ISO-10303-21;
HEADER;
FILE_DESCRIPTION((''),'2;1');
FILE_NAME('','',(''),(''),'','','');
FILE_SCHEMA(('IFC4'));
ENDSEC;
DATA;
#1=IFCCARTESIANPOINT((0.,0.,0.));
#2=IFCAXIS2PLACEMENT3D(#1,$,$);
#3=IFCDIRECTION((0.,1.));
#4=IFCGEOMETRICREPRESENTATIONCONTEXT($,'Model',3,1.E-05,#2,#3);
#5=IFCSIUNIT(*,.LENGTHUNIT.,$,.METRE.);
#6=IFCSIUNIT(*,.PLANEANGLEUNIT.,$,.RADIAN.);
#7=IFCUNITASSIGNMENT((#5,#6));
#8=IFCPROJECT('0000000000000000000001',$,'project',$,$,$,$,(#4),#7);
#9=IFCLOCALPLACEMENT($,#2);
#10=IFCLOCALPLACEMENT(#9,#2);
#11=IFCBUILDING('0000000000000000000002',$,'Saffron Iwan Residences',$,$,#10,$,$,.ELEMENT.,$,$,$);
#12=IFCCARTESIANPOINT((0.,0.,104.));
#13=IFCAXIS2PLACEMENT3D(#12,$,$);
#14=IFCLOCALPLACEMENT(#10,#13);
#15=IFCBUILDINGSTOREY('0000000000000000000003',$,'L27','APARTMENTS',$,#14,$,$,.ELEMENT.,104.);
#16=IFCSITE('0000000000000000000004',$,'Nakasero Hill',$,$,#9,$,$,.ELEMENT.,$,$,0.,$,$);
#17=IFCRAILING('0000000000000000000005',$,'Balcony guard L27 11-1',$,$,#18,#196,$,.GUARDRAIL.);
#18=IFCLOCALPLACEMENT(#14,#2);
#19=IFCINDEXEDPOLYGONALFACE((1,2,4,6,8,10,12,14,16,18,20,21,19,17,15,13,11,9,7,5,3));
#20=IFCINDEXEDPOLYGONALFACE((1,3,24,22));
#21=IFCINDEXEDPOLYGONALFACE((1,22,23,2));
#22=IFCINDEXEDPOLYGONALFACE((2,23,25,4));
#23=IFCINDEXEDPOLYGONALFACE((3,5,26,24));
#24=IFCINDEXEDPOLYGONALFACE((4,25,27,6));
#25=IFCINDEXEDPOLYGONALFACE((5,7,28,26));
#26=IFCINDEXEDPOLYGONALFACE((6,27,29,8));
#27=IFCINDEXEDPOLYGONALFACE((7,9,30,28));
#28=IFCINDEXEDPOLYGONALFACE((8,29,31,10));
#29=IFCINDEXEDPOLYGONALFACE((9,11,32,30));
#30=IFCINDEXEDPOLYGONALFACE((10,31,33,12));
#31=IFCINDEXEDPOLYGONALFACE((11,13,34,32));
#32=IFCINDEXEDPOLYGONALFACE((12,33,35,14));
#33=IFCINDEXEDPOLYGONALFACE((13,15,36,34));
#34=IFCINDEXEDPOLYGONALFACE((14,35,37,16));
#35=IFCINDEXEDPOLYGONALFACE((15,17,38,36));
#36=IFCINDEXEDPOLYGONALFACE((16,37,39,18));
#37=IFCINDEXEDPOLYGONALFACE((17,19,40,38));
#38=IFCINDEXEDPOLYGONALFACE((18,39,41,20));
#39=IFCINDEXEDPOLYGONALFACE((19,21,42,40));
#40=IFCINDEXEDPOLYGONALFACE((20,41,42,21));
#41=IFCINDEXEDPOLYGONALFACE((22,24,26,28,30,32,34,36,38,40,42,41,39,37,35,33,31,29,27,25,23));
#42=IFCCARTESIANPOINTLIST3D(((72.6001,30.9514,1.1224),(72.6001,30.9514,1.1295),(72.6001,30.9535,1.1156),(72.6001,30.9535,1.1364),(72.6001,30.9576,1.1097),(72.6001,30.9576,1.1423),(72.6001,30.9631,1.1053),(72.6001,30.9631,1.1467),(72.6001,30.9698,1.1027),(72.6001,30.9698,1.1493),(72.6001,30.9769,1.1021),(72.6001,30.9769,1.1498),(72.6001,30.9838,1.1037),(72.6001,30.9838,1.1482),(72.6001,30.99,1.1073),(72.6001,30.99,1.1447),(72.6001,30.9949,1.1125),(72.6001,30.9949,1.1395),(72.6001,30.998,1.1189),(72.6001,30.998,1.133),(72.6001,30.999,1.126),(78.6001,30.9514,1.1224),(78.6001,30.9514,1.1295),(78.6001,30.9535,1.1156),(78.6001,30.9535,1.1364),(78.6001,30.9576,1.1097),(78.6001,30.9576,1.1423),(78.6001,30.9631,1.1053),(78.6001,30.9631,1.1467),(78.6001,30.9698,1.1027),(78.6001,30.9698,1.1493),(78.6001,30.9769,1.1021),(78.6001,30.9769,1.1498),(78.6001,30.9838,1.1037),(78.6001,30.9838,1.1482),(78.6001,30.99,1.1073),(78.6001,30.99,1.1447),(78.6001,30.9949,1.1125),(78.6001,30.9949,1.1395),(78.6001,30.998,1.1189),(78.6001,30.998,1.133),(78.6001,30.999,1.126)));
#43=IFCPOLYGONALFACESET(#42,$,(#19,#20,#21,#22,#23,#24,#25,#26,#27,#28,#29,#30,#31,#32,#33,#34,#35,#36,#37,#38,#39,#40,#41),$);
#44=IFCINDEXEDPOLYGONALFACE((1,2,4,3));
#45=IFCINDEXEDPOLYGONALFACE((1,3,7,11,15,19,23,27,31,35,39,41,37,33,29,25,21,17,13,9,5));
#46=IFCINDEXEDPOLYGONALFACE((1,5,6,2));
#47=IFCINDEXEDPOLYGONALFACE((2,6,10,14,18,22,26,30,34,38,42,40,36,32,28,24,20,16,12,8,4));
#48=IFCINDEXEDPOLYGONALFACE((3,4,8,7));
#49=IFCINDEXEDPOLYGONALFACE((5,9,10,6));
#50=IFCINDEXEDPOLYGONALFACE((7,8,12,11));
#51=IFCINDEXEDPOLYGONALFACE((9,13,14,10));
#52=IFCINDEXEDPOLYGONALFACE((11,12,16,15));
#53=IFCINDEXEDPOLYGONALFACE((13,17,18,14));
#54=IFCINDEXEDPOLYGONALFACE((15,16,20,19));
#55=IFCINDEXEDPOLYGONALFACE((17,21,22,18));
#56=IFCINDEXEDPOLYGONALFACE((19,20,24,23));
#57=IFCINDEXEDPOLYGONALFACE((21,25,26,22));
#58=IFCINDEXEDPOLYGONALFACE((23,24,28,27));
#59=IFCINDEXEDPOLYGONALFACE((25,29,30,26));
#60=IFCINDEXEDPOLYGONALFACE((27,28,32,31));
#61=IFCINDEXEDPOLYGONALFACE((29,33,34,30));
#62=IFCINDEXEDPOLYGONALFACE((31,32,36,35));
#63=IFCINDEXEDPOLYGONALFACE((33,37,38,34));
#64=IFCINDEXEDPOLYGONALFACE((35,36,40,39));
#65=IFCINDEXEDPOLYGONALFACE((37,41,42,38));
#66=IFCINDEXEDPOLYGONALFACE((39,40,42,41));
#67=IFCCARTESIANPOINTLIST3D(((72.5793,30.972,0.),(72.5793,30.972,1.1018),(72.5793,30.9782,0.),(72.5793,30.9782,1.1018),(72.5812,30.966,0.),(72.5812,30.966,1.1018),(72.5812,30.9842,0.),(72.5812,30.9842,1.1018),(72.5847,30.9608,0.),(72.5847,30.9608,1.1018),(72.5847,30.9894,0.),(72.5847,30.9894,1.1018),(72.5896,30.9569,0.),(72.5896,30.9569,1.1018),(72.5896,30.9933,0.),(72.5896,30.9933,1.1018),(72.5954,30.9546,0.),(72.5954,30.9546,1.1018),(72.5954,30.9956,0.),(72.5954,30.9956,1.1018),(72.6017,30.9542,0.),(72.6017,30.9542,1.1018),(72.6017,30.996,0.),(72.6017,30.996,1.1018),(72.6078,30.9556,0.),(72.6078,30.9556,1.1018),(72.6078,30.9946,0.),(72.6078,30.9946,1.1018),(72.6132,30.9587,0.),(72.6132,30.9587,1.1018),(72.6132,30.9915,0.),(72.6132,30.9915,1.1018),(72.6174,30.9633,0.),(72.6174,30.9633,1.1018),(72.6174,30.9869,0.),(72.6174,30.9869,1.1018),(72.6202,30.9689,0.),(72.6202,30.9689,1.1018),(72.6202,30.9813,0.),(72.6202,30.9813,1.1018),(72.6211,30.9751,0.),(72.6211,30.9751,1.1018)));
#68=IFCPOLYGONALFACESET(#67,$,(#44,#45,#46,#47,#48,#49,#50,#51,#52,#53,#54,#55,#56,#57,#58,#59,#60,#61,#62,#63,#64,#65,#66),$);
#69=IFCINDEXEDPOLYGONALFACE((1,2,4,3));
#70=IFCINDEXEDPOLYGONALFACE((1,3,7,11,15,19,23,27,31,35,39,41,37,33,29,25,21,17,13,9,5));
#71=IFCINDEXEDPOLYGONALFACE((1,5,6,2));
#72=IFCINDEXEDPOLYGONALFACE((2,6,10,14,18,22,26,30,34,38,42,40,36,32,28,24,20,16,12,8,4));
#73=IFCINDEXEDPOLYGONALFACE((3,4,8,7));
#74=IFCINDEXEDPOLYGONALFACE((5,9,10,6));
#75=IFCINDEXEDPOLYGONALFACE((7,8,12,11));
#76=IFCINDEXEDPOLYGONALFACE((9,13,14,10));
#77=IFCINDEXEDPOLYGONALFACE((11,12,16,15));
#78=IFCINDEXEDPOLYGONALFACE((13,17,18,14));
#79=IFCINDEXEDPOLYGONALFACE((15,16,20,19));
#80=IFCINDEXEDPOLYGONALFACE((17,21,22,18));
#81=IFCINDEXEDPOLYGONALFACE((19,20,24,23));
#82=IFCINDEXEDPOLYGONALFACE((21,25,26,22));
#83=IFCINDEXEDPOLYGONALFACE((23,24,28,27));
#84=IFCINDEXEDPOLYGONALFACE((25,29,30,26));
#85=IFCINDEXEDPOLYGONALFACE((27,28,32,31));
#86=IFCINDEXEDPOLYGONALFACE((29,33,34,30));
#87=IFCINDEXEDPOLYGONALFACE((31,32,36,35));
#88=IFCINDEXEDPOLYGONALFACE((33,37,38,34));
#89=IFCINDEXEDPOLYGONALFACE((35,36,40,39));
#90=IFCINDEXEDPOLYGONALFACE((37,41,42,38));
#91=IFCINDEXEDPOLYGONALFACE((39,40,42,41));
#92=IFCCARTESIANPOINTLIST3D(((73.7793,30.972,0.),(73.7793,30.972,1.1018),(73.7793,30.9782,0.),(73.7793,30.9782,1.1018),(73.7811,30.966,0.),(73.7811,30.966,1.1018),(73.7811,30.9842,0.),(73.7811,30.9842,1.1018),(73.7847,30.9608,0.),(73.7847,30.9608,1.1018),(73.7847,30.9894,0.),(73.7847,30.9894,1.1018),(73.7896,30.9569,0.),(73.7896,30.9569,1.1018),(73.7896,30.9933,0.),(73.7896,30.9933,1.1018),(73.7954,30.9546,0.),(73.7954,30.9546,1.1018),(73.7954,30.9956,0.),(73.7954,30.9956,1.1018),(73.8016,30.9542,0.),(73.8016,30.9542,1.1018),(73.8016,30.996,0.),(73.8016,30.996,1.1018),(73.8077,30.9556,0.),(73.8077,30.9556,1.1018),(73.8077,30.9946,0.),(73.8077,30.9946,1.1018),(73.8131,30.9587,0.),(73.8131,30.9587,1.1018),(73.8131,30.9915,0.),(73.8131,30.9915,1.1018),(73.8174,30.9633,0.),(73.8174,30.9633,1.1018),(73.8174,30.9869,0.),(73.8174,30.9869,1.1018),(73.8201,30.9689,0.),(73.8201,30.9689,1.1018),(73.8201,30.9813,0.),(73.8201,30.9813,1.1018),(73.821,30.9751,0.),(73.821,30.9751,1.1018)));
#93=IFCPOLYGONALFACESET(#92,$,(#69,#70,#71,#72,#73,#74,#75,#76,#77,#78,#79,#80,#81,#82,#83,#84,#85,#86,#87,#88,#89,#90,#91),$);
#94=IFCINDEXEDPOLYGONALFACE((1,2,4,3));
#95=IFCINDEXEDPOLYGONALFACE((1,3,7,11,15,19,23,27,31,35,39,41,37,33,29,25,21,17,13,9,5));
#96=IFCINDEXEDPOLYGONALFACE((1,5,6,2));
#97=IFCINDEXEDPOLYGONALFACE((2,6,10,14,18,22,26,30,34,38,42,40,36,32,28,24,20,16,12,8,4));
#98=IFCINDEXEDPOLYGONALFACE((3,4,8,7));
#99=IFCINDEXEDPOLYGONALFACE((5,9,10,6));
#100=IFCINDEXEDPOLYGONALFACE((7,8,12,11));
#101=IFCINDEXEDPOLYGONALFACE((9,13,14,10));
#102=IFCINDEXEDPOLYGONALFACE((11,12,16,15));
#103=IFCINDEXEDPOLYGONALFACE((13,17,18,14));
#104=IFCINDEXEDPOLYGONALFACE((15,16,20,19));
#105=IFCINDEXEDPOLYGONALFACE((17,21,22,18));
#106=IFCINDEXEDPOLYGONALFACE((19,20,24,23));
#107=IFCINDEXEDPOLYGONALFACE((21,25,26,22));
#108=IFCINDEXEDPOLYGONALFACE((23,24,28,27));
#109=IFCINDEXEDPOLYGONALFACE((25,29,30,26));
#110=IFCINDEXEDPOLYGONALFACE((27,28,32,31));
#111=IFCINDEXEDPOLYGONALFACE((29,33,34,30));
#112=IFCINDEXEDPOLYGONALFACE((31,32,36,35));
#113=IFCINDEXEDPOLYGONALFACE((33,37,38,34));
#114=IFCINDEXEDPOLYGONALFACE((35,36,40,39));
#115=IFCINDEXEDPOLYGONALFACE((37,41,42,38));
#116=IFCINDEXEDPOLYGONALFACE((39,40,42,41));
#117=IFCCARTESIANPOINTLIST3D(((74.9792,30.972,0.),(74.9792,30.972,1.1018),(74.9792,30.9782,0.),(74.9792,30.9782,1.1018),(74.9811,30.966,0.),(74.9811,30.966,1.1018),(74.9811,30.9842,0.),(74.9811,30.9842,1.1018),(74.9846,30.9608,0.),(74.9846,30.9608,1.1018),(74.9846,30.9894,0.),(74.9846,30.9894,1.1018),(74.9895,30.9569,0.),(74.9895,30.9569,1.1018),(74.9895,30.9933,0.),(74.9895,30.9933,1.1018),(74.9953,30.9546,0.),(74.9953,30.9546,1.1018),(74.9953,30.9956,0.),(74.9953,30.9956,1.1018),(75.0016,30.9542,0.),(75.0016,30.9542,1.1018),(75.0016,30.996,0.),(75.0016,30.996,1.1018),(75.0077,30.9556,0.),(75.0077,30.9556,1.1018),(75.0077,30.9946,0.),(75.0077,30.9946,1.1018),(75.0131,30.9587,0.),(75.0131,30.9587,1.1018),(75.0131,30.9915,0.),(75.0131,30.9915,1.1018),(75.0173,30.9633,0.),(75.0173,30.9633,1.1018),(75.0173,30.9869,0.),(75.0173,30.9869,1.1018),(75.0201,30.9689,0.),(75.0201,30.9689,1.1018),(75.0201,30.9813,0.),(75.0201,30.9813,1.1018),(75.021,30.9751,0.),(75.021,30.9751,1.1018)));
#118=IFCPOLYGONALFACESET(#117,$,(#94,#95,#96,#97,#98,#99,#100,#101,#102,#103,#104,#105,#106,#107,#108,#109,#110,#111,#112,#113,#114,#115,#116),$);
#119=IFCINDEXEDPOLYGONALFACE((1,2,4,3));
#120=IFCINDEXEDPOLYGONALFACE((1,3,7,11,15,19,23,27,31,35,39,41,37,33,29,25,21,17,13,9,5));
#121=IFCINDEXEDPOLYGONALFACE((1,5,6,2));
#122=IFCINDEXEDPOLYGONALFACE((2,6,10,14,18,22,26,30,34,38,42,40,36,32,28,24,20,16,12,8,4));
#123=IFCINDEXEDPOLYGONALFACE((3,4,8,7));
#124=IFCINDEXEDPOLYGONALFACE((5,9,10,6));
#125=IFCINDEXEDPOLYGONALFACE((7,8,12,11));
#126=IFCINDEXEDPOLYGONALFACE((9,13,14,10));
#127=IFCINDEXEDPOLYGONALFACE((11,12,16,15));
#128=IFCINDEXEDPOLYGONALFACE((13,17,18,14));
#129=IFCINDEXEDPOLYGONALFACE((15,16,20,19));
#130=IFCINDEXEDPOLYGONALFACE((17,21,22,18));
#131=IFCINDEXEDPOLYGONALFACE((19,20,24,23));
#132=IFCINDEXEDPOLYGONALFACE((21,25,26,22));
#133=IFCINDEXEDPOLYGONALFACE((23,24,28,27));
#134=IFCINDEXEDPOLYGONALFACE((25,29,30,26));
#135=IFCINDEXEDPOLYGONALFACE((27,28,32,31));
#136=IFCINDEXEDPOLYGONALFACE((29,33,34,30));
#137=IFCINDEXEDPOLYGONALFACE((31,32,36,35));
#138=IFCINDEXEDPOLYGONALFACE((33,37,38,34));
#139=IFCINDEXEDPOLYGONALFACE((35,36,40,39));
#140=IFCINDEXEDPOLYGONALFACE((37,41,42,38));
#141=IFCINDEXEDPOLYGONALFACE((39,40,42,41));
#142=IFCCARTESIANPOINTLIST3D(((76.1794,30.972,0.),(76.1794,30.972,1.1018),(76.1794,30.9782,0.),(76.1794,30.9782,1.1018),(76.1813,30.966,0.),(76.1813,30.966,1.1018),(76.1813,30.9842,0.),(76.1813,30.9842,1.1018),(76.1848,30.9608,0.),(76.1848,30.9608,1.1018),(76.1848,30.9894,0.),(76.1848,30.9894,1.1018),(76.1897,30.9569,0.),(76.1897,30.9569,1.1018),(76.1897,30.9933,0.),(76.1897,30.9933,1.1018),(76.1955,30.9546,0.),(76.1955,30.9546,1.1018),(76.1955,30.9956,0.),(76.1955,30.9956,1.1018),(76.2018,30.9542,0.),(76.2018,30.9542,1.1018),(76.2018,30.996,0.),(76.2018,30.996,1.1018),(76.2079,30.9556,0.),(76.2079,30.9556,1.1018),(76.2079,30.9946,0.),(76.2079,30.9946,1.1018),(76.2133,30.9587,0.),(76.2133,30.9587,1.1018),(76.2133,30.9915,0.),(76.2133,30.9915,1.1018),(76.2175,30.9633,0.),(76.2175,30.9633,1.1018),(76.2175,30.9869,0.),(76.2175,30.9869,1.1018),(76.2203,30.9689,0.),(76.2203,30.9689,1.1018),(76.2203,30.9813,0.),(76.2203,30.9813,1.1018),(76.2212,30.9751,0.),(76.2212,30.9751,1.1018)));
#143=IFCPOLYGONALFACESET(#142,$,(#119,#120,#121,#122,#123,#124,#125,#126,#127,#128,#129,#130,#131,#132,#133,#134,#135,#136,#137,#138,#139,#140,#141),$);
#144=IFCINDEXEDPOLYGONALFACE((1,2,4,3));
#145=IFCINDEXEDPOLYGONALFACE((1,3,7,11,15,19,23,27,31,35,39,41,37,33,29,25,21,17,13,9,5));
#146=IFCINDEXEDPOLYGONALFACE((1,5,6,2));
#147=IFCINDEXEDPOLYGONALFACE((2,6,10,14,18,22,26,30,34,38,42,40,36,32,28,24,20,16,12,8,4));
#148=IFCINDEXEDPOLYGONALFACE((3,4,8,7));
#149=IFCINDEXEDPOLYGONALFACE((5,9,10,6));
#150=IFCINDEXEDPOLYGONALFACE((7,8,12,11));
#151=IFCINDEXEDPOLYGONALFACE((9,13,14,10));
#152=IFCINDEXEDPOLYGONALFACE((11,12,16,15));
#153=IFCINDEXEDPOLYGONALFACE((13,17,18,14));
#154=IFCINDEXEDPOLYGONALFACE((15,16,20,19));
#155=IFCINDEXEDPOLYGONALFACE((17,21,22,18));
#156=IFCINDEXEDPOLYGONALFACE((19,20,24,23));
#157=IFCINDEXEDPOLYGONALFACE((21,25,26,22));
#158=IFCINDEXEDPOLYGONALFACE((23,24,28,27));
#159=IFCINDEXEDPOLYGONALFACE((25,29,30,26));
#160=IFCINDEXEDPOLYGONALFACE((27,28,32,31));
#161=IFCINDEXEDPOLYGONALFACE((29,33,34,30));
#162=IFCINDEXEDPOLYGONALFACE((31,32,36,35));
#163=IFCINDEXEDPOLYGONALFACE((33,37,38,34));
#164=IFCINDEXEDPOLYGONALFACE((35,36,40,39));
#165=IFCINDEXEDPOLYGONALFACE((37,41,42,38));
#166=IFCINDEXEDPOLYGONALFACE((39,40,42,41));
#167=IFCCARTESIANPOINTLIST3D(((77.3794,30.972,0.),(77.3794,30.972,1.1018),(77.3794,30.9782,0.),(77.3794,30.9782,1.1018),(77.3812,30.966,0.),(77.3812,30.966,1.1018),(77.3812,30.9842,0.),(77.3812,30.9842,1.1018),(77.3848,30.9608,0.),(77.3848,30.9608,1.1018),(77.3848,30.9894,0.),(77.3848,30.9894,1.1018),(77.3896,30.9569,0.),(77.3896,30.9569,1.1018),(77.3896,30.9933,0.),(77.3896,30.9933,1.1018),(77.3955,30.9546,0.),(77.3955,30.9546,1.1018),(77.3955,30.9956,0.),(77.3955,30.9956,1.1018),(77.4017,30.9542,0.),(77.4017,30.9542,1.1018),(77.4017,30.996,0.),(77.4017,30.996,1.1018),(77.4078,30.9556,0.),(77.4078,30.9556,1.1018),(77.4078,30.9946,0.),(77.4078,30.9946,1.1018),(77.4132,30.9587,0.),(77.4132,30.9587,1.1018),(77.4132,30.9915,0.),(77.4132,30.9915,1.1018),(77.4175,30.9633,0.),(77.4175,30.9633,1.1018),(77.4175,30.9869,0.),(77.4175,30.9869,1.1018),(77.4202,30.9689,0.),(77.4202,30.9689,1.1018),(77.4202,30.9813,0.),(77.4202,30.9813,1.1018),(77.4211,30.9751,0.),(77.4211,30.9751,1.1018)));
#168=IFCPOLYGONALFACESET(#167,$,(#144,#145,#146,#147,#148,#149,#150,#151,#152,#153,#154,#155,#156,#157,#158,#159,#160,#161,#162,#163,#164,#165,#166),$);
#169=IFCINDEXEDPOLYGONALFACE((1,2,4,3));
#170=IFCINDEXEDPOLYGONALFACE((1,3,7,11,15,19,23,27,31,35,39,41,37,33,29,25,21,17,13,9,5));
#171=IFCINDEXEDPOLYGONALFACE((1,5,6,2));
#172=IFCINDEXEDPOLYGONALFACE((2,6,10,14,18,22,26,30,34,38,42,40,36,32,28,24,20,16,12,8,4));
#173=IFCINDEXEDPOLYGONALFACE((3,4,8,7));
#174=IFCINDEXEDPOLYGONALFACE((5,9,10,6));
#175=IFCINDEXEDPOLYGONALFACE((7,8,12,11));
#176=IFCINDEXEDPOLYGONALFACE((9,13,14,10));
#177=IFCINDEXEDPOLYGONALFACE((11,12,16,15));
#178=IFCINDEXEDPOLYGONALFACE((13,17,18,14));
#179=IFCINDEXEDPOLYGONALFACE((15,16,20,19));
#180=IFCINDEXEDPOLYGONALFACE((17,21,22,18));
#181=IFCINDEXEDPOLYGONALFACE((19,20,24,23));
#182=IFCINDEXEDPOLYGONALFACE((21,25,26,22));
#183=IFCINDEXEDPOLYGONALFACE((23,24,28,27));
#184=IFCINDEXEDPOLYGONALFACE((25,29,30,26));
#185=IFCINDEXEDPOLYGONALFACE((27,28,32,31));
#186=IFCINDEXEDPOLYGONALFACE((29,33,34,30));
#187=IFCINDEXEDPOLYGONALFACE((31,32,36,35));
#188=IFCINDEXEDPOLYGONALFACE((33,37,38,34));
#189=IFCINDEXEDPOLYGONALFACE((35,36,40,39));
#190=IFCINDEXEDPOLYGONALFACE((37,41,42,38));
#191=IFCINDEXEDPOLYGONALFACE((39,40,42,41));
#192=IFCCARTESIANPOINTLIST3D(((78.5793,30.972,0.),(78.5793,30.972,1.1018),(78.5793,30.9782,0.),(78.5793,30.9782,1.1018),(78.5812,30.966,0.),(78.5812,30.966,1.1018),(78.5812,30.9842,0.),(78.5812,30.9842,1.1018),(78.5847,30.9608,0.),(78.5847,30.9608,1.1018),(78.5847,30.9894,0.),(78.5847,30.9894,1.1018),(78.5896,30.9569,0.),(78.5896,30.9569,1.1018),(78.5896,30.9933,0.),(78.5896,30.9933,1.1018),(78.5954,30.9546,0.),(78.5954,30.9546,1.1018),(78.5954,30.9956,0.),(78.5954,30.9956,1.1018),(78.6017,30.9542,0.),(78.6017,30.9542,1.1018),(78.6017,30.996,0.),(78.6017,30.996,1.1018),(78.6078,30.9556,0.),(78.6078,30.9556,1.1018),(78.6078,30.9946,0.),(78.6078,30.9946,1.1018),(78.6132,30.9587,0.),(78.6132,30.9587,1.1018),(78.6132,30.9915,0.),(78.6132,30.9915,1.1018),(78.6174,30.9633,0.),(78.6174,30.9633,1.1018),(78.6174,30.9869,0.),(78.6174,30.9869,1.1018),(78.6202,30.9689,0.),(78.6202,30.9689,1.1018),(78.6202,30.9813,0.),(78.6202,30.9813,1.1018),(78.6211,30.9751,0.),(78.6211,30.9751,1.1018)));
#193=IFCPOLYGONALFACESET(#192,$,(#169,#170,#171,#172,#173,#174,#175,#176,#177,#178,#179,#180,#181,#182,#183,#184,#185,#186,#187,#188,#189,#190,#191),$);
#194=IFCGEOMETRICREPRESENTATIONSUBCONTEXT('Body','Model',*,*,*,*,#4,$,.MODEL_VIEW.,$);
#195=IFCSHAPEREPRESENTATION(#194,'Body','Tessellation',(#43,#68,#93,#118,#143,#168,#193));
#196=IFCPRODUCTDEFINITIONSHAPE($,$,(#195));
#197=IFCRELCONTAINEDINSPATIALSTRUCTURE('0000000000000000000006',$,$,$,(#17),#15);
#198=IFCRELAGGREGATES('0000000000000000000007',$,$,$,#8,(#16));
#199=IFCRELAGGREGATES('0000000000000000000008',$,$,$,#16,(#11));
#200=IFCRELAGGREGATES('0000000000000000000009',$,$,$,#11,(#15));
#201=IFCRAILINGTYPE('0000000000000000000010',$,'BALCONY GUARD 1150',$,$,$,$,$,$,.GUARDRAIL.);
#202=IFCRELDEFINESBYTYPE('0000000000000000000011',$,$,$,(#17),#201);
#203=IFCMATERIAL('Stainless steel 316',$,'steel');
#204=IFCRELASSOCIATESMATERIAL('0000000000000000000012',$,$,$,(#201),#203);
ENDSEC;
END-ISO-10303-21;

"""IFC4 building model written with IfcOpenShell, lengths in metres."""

from ifc_helpers import new_model, si_unit, direction, frame, origin, origin_2d, place, context, subcontext, project, spatial, circle, extrude, material, type_object, element, save


model = new_model("IFC4")

# Units and contexts
model_context = context("Model", 3, precision=1e-05, world=origin(), true_north=direction((0.0, 1.0)))
body_context = subcontext(model_context, "Body", "Model", "MODEL_VIEW")
ifc_project = project(units=[si_unit("LENGTHUNIT", "METRE"), si_unit("PLANEANGLEUNIT", "RADIAN")], contexts=[model_context])

# Site, building, storey
site_placement = place(None, origin())
site = spatial("IfcSite", under=ifc_project, at=site_placement, Name="Nakasero Hill", CompositionType="ELEMENT", RefElevation=0.0)
building_placement = place(site_placement, origin())
building = spatial("IfcBuilding", under=site, at=building_placement, Name="Saffron Iwan Residences", CompositionType="ELEMENT")
storey_placement = place(building_placement, frame((0.0, 0.0, 104.0)))
storey = spatial("IfcBuildingStorey", under=building, at=storey_placement, Name="L27", Description="APARTMENTS", CompositionType="ELEMENT", Elevation=104.0)

# Railing
ifc_material_1 = material(Name="Stainless steel 316", Category="steel")
railing_type = type_object("IfcRailingType", Name="BALCONY GUARD 1150", PredefinedType="GUARDRAIL", material=ifc_material_1)
railing_placement = place(storey_placement, frame((72.6001, 30.9751, 0.0)))
element("IfcRailing", 1, at=railing_placement, inside=storey, type_object=railing_type, Name="Balcony guard L27 11-1", PredefinedType="GUARDRAIL", context=body_context, shape_type="SweptSolid", body=[
    extrude(circle(Radius=0.0239, at=origin_2d()), frame((0.0, 0.0, 1.126), z_axis=(1.0, 0.0, 0.0), x_axis=(0.0, 1.0, 0.0)), (0.0, 0.0, 1.0), 6.0),
    extrude(circle(Radius=0.021, at=origin_2d()), origin(), (0.0, 0.0, 1.0), 1.1018),
    extrude(circle(Radius=0.021, at=origin_2d()), frame((1.2, 0.0, 0.0)), (0.0, 0.0, 1.0), 1.1018),
    extrude(circle(Radius=0.021, at=origin_2d()), frame((2.3999, 0.0, 0.0)), (0.0, 0.0, 1.0), 1.1018),
    extrude(circle(Radius=0.021, at=origin_2d()), frame((3.6001, 0.0, 0.0)), (0.0, 0.0, 1.0), 1.1018),
    extrude(circle(Radius=0.021, at=origin_2d()), frame((4.8, 0.0, 0.0)), (0.0, 0.0, 1.0), 1.1018),
    extrude(circle(Radius=0.021, at=origin_2d()), frame((6.0, 0.0, 0.0)), (0.0, 0.0, 1.0), 1.1018),
])

save(model, "model.ifc")
